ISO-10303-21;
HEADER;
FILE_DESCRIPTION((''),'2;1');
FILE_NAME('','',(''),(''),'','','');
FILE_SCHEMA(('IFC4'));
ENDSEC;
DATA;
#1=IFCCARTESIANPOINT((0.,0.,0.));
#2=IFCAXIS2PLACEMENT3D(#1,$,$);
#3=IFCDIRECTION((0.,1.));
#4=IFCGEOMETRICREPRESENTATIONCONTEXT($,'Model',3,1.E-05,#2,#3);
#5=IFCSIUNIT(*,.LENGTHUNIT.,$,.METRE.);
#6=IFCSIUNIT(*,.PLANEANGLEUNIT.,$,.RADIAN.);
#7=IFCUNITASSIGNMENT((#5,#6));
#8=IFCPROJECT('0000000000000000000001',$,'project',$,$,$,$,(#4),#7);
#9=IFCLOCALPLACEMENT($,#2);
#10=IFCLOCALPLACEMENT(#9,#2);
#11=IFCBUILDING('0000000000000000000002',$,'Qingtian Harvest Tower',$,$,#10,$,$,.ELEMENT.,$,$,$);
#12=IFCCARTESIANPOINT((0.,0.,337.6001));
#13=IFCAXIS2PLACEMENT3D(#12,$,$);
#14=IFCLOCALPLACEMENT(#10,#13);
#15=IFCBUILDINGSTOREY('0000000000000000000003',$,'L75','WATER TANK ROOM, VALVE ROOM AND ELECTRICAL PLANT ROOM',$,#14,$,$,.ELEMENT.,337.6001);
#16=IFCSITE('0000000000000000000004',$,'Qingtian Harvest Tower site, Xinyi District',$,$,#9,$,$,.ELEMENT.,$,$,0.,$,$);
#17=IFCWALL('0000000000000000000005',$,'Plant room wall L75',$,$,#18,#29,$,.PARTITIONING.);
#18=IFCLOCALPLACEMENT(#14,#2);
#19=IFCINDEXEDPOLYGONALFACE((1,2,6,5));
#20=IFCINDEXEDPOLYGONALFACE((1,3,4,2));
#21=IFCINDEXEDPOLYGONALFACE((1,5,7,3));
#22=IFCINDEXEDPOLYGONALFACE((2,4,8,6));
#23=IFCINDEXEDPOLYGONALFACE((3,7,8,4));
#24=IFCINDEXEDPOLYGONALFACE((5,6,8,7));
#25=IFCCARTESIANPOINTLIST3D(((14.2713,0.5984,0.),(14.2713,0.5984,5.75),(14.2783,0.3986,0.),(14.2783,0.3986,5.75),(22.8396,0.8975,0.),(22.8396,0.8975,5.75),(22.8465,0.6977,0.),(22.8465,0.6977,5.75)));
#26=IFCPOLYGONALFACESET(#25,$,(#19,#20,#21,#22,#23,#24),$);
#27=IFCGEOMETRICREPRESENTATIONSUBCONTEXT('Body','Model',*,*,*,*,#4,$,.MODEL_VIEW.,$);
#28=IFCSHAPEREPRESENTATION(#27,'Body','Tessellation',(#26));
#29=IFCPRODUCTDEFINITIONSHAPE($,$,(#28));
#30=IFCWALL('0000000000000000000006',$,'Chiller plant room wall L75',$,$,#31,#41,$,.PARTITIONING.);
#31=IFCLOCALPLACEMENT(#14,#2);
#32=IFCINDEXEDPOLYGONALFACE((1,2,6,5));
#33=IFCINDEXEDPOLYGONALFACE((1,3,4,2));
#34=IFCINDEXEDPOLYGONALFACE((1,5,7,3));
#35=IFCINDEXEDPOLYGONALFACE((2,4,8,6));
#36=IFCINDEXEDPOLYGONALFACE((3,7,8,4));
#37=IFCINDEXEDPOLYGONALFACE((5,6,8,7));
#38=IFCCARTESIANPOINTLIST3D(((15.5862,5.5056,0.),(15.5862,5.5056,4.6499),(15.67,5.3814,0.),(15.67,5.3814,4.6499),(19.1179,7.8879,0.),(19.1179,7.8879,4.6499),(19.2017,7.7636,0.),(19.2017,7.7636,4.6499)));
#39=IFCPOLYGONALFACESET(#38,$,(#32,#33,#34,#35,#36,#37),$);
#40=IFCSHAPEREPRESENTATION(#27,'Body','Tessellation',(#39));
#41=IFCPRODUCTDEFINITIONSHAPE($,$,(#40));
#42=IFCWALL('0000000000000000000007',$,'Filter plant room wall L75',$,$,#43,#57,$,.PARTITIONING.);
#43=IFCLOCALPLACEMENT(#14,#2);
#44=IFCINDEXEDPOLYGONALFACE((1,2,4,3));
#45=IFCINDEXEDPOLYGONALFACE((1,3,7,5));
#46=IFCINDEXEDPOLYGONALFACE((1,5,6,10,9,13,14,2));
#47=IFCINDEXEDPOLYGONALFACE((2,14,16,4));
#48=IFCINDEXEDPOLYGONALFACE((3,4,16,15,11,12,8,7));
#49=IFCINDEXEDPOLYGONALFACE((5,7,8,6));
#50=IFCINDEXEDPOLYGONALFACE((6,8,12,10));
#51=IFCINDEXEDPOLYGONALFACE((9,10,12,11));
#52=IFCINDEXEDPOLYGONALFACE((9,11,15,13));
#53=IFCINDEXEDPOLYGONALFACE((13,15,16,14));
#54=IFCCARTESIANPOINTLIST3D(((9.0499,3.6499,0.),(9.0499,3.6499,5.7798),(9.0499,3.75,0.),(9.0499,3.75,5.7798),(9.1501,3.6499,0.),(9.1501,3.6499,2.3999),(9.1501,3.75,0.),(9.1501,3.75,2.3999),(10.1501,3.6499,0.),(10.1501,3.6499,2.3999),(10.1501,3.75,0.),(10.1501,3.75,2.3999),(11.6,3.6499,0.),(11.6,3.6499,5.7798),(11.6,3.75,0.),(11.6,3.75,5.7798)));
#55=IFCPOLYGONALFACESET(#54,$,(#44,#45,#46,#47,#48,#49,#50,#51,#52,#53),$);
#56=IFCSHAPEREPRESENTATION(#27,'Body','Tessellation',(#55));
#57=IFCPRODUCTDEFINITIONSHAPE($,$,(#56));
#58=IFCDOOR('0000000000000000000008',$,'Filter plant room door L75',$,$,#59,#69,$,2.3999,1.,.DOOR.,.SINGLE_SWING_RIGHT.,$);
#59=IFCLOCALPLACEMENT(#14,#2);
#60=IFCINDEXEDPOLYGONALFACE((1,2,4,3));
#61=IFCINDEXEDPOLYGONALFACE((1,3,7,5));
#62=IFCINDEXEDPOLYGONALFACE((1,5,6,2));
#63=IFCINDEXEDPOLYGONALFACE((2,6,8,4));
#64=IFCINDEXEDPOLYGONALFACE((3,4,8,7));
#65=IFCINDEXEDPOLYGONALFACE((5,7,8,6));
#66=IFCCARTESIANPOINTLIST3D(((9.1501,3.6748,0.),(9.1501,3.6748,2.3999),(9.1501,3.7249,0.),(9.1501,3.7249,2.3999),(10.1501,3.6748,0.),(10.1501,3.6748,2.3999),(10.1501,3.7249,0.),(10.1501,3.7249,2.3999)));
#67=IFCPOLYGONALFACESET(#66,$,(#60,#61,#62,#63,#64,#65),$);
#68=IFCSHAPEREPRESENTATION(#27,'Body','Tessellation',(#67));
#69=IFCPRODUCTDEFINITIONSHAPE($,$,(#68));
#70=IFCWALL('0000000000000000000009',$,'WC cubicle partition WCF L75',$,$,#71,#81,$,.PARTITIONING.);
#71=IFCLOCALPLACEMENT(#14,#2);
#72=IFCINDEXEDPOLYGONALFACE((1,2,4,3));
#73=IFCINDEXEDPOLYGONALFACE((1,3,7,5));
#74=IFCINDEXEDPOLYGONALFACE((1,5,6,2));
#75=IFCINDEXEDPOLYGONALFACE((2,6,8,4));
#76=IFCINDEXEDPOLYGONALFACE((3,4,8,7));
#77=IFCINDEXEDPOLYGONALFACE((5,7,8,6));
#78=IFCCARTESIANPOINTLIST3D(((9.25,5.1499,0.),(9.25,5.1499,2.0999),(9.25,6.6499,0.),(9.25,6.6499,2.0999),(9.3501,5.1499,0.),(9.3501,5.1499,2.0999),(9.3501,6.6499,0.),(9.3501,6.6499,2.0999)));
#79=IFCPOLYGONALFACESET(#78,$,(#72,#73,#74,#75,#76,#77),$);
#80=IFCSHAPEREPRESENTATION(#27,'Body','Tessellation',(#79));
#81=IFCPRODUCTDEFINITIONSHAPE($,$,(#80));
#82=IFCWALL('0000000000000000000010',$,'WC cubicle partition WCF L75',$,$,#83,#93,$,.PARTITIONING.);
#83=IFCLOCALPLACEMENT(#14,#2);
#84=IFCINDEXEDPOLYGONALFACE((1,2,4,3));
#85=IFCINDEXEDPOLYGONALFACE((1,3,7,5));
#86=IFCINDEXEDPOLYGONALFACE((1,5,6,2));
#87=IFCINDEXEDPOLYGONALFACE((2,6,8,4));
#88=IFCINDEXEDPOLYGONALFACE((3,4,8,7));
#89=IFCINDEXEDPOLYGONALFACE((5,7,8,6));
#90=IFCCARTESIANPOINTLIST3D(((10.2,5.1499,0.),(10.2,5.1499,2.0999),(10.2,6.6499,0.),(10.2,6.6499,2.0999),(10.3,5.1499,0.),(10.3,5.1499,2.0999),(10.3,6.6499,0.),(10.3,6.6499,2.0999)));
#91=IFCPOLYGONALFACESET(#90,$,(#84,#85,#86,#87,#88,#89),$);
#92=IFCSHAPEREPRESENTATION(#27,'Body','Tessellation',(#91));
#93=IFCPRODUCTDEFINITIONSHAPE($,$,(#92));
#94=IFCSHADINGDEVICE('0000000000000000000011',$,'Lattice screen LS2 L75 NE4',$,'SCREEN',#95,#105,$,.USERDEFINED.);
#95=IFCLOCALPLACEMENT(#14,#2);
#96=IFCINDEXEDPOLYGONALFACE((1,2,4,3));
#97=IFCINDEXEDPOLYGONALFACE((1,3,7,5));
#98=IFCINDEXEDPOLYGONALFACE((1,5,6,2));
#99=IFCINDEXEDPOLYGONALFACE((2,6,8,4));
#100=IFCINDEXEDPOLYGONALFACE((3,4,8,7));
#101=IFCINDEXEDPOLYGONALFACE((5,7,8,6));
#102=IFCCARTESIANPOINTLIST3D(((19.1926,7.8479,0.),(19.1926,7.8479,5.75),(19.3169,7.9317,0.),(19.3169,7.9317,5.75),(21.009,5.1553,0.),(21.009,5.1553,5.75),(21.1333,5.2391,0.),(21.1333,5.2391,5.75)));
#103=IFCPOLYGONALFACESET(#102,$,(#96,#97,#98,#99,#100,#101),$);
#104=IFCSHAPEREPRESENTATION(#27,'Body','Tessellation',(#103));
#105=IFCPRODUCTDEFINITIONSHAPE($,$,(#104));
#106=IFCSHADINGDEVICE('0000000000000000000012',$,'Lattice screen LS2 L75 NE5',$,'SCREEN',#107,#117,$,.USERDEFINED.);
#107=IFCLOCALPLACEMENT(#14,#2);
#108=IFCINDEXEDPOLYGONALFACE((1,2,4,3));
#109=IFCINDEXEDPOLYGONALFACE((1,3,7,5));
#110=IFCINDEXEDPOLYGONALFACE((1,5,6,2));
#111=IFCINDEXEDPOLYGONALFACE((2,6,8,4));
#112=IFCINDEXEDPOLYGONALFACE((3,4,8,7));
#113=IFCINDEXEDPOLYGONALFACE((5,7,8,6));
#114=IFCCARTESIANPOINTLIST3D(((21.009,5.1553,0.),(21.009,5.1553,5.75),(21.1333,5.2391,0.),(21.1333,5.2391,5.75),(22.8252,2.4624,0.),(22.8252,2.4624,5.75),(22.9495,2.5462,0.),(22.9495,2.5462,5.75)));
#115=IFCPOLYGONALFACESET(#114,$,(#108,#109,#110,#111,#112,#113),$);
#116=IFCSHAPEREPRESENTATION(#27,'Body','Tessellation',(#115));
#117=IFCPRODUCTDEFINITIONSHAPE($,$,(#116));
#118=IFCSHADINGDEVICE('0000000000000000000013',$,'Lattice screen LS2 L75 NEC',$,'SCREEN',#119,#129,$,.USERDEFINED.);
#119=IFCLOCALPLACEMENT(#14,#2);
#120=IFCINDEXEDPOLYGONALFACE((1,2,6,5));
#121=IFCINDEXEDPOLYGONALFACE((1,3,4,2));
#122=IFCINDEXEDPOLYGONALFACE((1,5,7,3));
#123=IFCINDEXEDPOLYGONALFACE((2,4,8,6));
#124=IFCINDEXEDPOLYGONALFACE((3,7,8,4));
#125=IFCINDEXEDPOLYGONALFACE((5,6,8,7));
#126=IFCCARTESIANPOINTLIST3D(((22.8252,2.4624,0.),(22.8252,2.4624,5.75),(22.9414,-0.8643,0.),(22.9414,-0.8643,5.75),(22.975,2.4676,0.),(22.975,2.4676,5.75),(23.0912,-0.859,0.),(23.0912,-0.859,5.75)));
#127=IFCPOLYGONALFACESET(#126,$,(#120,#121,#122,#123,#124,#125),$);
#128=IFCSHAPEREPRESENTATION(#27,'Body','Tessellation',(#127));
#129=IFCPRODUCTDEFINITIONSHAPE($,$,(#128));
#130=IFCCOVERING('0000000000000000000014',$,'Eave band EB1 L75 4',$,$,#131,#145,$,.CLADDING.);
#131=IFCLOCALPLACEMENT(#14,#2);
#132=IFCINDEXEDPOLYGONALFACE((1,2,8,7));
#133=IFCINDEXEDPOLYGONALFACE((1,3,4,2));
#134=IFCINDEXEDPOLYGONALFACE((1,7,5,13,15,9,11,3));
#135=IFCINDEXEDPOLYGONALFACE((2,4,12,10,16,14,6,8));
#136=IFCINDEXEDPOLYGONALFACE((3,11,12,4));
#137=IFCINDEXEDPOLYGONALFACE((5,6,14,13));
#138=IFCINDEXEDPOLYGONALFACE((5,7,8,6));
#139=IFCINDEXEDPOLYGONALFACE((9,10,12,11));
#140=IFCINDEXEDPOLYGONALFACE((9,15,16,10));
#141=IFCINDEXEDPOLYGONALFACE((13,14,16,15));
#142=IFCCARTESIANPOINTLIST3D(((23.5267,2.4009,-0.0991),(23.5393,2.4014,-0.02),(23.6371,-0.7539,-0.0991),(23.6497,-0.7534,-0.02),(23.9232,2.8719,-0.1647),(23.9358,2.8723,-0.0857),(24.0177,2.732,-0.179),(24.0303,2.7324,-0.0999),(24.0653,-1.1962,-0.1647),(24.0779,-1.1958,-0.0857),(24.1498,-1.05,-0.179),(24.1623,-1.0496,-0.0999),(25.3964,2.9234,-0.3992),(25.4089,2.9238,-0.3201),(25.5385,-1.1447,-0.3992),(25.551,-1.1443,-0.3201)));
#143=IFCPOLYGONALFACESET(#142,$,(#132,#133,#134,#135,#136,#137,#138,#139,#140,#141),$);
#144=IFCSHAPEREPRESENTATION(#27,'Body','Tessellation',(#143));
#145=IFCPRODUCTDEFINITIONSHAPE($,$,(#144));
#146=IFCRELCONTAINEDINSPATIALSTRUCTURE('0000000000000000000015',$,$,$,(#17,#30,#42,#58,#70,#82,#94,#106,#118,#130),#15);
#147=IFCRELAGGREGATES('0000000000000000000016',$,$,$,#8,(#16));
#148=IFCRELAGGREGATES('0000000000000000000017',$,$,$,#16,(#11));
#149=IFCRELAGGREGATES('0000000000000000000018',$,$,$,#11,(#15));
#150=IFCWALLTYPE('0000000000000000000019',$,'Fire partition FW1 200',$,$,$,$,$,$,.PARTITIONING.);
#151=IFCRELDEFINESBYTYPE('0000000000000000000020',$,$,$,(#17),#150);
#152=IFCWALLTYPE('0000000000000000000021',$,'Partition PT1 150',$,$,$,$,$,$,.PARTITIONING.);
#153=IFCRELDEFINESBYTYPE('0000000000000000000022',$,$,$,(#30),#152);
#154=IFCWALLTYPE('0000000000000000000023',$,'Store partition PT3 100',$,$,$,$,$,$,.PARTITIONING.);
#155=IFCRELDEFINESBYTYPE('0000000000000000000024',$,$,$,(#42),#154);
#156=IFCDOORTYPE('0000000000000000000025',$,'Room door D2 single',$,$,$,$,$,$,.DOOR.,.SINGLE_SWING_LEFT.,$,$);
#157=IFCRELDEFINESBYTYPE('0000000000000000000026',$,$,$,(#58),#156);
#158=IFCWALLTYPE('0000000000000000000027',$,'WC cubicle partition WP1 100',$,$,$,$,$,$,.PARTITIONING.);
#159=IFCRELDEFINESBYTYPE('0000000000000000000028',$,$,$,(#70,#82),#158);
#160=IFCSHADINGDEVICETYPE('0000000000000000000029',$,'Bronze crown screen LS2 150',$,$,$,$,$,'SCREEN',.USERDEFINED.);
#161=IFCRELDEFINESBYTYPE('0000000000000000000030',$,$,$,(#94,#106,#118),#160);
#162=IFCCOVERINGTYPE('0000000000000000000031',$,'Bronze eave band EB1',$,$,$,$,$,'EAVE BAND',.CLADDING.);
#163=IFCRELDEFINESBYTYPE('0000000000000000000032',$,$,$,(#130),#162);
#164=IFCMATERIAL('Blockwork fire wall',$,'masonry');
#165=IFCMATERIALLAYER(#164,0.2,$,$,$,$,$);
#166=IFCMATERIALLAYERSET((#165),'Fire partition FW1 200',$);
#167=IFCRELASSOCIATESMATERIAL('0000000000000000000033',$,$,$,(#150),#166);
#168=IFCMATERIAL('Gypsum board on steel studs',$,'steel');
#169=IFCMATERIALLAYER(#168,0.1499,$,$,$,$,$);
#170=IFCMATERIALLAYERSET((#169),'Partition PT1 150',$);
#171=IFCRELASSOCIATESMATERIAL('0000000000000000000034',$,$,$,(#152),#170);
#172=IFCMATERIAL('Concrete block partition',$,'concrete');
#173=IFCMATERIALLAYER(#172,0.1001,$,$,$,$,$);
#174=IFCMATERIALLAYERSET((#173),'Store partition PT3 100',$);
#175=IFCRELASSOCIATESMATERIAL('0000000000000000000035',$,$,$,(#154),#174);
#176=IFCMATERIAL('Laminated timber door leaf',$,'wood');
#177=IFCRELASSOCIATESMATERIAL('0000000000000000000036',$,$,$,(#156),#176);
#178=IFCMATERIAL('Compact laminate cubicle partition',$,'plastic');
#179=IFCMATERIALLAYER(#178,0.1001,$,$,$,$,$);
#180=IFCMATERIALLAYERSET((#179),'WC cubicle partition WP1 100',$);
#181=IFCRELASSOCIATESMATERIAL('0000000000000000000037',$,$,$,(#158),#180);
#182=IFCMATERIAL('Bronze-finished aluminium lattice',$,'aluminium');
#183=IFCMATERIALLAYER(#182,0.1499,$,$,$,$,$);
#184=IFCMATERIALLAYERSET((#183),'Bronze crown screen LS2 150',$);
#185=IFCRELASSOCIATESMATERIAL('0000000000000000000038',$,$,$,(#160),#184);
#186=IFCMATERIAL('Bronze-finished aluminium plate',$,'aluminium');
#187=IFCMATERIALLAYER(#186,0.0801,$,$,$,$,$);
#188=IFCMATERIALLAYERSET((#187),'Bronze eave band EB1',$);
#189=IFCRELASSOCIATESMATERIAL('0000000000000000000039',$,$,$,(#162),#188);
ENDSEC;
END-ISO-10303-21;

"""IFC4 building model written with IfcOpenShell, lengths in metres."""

from ifc_helpers import new_model, si_unit, direction, frame, frame_2d, origin, place, context, subcontext, project, spatial, polyline, rectangle, outline, extrude, material, layer, layer_set, type_object, element, fill, save


model = new_model("IFC4")

# Units and contexts
model_context = context("Model", 3, precision=1e-05, world=origin(), true_north=direction((0.0, 1.0)))
body_context = subcontext(model_context, "Body", "Model", "MODEL_VIEW")
ifc_project = project(units=[si_unit("LENGTHUNIT", "METRE"), si_unit("PLANEANGLEUNIT", "RADIAN")], contexts=[model_context])

# Site, building, storey
site_placement = place(None, origin())
site = spatial("IfcSite", under=ifc_project, at=site_placement, Name="Qingtian Harvest Tower site, Xinyi District", CompositionType="ELEMENT", RefElevation=0.0)
building_placement = place(site_placement, origin())
building = spatial("IfcBuilding", under=site, at=building_placement, Name="Qingtian Harvest Tower", CompositionType="ELEMENT")
storey_placement = place(building_placement, frame((0.0, 0.0, 337.6001)))
storey = spatial("IfcBuildingStorey", under=building, at=storey_placement, Name="L75", Description="WATER TANK ROOM, VALVE ROOM AND ELECTRICAL PLANT ROOM", CompositionType="ELEMENT", Elevation=337.6001)

# Shared definitions
ifc_material_1 = material(Name="Blockwork fire wall", Category="masonry")
ifc_layer_1 = layer(ifc_material_1, 0.2)
ifc_layer_set_1 = layer_set([ifc_layer_1], Name="Fire partition FW1 200")
wall_type_1 = type_object("IfcWallType", Name="Fire partition FW1 200", PredefinedType="PARTITIONING", material=ifc_layer_set_1)

# Walls
wall_1_placement = place(storey_placement, frame((14.2749, 0.4985, 0.0), z_axis=(0.0, 0.0, 1.0), x_axis=(0.999391, 0.034883, 0.0)))
element("IfcWall", 1, at=wall_1_placement, inside=storey, type_object=wall_type_1, Name="Plant room wall L75", PredefinedType="PARTITIONING", context=body_context, shape_type="SweptSolid", body=[
    extrude(rectangle(XDim=8.5735, YDim=0.2, at=frame_2d((4.2866, 0.0))), origin(), (0.0, 0.0, 1.0), 5.75),
])
ifc_material_2 = material(Name="Gypsum board on steel studs", Category="steel")
ifc_layer_2 = layer(ifc_material_2, 0.1499)
ifc_layer_set_2 = layer_set([ifc_layer_2], Name="Partition PT1 150")
wall_type_2 = type_object("IfcWallType", Name="Partition PT1 150", PredefinedType="PARTITIONING", material=ifc_layer_set_2)
wall_2_placement = place(storey_placement, frame((19.1597, 7.8257, 0.0), z_axis=(0.0, 0.0, 1.0), x_axis=(-0.829023, -0.559215, 0.0)))
element("IfcWall", 2, at=wall_2_placement, inside=storey, type_object=wall_type_2, Name="Chiller plant room wall L75", PredefinedType="PARTITIONING", context=body_context, shape_type="SweptSolid", body=[
    extrude(rectangle(XDim=4.26, YDim=0.1499, at=frame_2d((2.1299, 0.0))), origin(), (0.0, 0.0, 1.0), 4.6499),
])

# Wall, opening, door
ifc_material_3 = material(Name="Concrete block partition", Category="concrete")
ifc_layer_3 = layer(ifc_material_3, 0.1001)
ifc_layer_set_3 = layer_set([ifc_layer_3], Name="Store partition PT3 100")
wall_type_3 = type_object("IfcWallType", Name="Store partition PT3 100", PredefinedType="PARTITIONING", material=ifc_layer_set_3)
wall_3_placement = place(storey_placement, frame((9.05, 3.7, 0.0), z_axis=(0.0, 0.0, 1.0), x_axis=(1.0, 0.0, 0.0)))
wall_3 = element("IfcWall", 3, at=wall_3_placement, inside=storey, type_object=wall_type_3, Name="Filter plant room wall L75", PredefinedType="PARTITIONING", context=body_context, shape_type="SweptSolid", body=[
    extrude(rectangle(XDim=2.55, YDim=0.1001, at=frame_2d((1.2749, 0.0))), origin(), (0.0, 0.0, 1.0), 5.7798),
])
opening_1_placement = place(wall_3_placement, frame((0.1001, 0.0, 0.0)))
opening_1 = element("IfcOpeningElement", 4, at=opening_1_placement, cuts=wall_3, PredefinedType="OPENING", context=body_context, shape_type="SweptSolid", body=[
    extrude(rectangle(XDim=1.0, YDim=2.3999, at=frame_2d((0.5, 1.2))), frame((0.0, 0.0601, 0.0), z_axis=(0.0, -1.0, 0.0), x_axis=(1.0, 0.0, 0.0)), (0.0, 0.0, 1.0), 0.1201),
])
ifc_material_4 = material(Name="Laminated timber door leaf", Category="wood")
door_type_1 = type_object("IfcDoorType", Name="Room door D2 single", OperationType="SINGLE_SWING_LEFT", PredefinedType="DOOR", material=ifc_material_4)
door_1_placement = place(opening_1_placement, origin())
door_1 = element("IfcDoor", 5, at=door_1_placement, inside=storey, type_object=door_type_1, Name="Filter plant room door L75", OperationType="SINGLE_SWING_RIGHT", OverallHeight=2.3999, OverallWidth=1.0, PredefinedType="DOOR", context=body_context, shape_type="SweptSolid", body=[
    extrude(rectangle(XDim=1.0, YDim=2.3999, at=frame_2d((0.5, 1.2))), frame((0.0, 0.0249, 0.0), z_axis=(0.0, -1.0, 0.0), x_axis=(1.0, 0.0, 0.0)), (0.0, 0.0, 1.0), 0.05),
])
fill(opening_1, door_1)

# Walls
ifc_material_5 = material(Name="Compact laminate cubicle partition", Category="plastic")
ifc_layer_4 = layer(ifc_material_5, 0.1001)
ifc_layer_set_4 = layer_set([ifc_layer_4], Name="WC cubicle partition WP1 100")
wall_type_4 = type_object("IfcWallType", Name="WC cubicle partition WP1 100", PredefinedType="PARTITIONING", material=ifc_layer_set_4)
for number, where, z_axis, x_axis, name in (
    (6, (9.3, 5.1499, 0.0), (0.0, 0.0, 1.0), (0.0, 1.0, 0.0), "WC cubicle partition WCF L75"),
    (7, (10.25, 5.1499, 0.0), (0.0, 0.0, 1.0), (0.0, 1.0, 0.0), "WC cubicle partition WCF L75"),
):
    element("IfcWall", number, at=place(storey_placement, frame(where, z_axis=z_axis, x_axis=x_axis)), inside=storey, type_object=wall_type_4, Name=name, PredefinedType="PARTITIONING", context=body_context, shape_type="SweptSolid", body=[
        extrude(rectangle(XDim=1.5, YDim=0.1001, at=frame_2d((0.75, 0.0))), origin(), (0.0, 0.0, 1.0), 2.0999),
    ])

# Shading devices
ifc_material_6 = material(Name="Bronze-finished aluminium lattice", Category="aluminium")
ifc_layer_5 = layer(ifc_material_6, 0.1499)
ifc_layer_set_5 = layer_set([ifc_layer_5], Name="Bronze crown screen LS2 150")
shading_device_type = type_object("IfcShadingDeviceType", Name="Bronze crown screen LS2 150", ElementType="SCREEN", PredefinedType="USERDEFINED", material=ifc_layer_set_5)
shading_device_1_placement = place(storey_placement, frame((19.1926, 7.8479, 0.0), z_axis=(-0.829008, -0.559237, 0.0), x_axis=(0.559237, -0.829008, 0.0)))
element("IfcShadingDevice", 8, at=shading_device_1_placement, inside=storey, type_object=shading_device_type, Name="Lattice screen LS2 L75 NE4", ObjectType="SCREEN", PredefinedType="USERDEFINED", context=body_context, shape_type="SweptSolid", body=[
    extrude(outline(polyline([(0.0, 0.0), (3.248, 0.0), (3.248, 5.75), (0.0, 5.75), (0.0, 0.0)])), origin(), (0.0, 0.0, -1.0), 0.1499),
])
shading_device_2_placement = place(storey_placement, frame((21.009, 5.1553, 0.0), z_axis=(-0.829066, -0.55915, 0.0), x_axis=(0.55915, -0.829066, 0.0)))
element("IfcShadingDevice", 9, at=shading_device_2_placement, inside=storey, type_object=shading_device_type, Name="Lattice screen LS2 L75 NE5", ObjectType="SCREEN", PredefinedType="USERDEFINED", context=body_context, shape_type="SweptSolid", body=[
    extrude(outline(polyline([(0.0, 0.0), (3.2481, 0.0), (3.2481, 5.75), (0.0, 5.75), (0.0, 0.0)])), origin(), (0.0, 0.0, -1.0), 0.1499),
])
shading_device_3_placement = place(storey_placement, frame((22.8252, 2.4624, 0.0), z_axis=(-0.99939, -0.034912, 0.0), x_axis=(0.034912, -0.99939, 0.0)))
element("IfcShadingDevice", 10, at=shading_device_3_placement, inside=storey, type_object=shading_device_type, Name="Lattice screen LS2 L75 NEC", ObjectType="SCREEN", PredefinedType="USERDEFINED", context=body_context, shape_type="SweptSolid", body=[
    extrude(outline(polyline([(0.0, 0.0), (3.3287, 0.0), (3.3287, 5.75), (0.0, 5.75), (0.0, 0.0)])), origin(), (0.0, 0.0, -1.0), 0.1499),
])

# Covering
ifc_material_7 = material(Name="Bronze-finished aluminium plate", Category="aluminium")
ifc_layer_6 = layer(ifc_material_7, 0.0801)
ifc_layer_set_6 = layer_set([ifc_layer_6], Name="Bronze eave band EB1")
covering_type = type_object("IfcCoveringType", Name="Bronze eave band EB1", ElementType="EAVE BAND", PredefinedType="CLADDING", material=ifc_layer_set_6)
covering_placement = place(storey_placement, frame((23.5393, 2.4014, -0.02), z_axis=(0.156969, 0.005483, 0.987588), x_axis=(0.821677, 0.554056, -0.133675)))
element("IfcCovering", 11, at=covering_placement, inside=storey, type_object=covering_type, Name="Eave band EB1 L75 4", PredefinedType="CLADDING", context=body_context, shape_type="SweptSolid", body=[
    extrude(outline(polyline([(0.0, 0.0), (0.5975, 0.0), (0.5955, 0.1694), (1.8658, -0.6142), (-0.2714, -4.0786), (-1.5417, -3.295), (-1.3894, -3.2207), (-1.6573, -2.6867), (0.0, 0.0)])), origin(), (0.0, 0.0, -1.0), 0.0801),
])

save(model, "model.ifc")
